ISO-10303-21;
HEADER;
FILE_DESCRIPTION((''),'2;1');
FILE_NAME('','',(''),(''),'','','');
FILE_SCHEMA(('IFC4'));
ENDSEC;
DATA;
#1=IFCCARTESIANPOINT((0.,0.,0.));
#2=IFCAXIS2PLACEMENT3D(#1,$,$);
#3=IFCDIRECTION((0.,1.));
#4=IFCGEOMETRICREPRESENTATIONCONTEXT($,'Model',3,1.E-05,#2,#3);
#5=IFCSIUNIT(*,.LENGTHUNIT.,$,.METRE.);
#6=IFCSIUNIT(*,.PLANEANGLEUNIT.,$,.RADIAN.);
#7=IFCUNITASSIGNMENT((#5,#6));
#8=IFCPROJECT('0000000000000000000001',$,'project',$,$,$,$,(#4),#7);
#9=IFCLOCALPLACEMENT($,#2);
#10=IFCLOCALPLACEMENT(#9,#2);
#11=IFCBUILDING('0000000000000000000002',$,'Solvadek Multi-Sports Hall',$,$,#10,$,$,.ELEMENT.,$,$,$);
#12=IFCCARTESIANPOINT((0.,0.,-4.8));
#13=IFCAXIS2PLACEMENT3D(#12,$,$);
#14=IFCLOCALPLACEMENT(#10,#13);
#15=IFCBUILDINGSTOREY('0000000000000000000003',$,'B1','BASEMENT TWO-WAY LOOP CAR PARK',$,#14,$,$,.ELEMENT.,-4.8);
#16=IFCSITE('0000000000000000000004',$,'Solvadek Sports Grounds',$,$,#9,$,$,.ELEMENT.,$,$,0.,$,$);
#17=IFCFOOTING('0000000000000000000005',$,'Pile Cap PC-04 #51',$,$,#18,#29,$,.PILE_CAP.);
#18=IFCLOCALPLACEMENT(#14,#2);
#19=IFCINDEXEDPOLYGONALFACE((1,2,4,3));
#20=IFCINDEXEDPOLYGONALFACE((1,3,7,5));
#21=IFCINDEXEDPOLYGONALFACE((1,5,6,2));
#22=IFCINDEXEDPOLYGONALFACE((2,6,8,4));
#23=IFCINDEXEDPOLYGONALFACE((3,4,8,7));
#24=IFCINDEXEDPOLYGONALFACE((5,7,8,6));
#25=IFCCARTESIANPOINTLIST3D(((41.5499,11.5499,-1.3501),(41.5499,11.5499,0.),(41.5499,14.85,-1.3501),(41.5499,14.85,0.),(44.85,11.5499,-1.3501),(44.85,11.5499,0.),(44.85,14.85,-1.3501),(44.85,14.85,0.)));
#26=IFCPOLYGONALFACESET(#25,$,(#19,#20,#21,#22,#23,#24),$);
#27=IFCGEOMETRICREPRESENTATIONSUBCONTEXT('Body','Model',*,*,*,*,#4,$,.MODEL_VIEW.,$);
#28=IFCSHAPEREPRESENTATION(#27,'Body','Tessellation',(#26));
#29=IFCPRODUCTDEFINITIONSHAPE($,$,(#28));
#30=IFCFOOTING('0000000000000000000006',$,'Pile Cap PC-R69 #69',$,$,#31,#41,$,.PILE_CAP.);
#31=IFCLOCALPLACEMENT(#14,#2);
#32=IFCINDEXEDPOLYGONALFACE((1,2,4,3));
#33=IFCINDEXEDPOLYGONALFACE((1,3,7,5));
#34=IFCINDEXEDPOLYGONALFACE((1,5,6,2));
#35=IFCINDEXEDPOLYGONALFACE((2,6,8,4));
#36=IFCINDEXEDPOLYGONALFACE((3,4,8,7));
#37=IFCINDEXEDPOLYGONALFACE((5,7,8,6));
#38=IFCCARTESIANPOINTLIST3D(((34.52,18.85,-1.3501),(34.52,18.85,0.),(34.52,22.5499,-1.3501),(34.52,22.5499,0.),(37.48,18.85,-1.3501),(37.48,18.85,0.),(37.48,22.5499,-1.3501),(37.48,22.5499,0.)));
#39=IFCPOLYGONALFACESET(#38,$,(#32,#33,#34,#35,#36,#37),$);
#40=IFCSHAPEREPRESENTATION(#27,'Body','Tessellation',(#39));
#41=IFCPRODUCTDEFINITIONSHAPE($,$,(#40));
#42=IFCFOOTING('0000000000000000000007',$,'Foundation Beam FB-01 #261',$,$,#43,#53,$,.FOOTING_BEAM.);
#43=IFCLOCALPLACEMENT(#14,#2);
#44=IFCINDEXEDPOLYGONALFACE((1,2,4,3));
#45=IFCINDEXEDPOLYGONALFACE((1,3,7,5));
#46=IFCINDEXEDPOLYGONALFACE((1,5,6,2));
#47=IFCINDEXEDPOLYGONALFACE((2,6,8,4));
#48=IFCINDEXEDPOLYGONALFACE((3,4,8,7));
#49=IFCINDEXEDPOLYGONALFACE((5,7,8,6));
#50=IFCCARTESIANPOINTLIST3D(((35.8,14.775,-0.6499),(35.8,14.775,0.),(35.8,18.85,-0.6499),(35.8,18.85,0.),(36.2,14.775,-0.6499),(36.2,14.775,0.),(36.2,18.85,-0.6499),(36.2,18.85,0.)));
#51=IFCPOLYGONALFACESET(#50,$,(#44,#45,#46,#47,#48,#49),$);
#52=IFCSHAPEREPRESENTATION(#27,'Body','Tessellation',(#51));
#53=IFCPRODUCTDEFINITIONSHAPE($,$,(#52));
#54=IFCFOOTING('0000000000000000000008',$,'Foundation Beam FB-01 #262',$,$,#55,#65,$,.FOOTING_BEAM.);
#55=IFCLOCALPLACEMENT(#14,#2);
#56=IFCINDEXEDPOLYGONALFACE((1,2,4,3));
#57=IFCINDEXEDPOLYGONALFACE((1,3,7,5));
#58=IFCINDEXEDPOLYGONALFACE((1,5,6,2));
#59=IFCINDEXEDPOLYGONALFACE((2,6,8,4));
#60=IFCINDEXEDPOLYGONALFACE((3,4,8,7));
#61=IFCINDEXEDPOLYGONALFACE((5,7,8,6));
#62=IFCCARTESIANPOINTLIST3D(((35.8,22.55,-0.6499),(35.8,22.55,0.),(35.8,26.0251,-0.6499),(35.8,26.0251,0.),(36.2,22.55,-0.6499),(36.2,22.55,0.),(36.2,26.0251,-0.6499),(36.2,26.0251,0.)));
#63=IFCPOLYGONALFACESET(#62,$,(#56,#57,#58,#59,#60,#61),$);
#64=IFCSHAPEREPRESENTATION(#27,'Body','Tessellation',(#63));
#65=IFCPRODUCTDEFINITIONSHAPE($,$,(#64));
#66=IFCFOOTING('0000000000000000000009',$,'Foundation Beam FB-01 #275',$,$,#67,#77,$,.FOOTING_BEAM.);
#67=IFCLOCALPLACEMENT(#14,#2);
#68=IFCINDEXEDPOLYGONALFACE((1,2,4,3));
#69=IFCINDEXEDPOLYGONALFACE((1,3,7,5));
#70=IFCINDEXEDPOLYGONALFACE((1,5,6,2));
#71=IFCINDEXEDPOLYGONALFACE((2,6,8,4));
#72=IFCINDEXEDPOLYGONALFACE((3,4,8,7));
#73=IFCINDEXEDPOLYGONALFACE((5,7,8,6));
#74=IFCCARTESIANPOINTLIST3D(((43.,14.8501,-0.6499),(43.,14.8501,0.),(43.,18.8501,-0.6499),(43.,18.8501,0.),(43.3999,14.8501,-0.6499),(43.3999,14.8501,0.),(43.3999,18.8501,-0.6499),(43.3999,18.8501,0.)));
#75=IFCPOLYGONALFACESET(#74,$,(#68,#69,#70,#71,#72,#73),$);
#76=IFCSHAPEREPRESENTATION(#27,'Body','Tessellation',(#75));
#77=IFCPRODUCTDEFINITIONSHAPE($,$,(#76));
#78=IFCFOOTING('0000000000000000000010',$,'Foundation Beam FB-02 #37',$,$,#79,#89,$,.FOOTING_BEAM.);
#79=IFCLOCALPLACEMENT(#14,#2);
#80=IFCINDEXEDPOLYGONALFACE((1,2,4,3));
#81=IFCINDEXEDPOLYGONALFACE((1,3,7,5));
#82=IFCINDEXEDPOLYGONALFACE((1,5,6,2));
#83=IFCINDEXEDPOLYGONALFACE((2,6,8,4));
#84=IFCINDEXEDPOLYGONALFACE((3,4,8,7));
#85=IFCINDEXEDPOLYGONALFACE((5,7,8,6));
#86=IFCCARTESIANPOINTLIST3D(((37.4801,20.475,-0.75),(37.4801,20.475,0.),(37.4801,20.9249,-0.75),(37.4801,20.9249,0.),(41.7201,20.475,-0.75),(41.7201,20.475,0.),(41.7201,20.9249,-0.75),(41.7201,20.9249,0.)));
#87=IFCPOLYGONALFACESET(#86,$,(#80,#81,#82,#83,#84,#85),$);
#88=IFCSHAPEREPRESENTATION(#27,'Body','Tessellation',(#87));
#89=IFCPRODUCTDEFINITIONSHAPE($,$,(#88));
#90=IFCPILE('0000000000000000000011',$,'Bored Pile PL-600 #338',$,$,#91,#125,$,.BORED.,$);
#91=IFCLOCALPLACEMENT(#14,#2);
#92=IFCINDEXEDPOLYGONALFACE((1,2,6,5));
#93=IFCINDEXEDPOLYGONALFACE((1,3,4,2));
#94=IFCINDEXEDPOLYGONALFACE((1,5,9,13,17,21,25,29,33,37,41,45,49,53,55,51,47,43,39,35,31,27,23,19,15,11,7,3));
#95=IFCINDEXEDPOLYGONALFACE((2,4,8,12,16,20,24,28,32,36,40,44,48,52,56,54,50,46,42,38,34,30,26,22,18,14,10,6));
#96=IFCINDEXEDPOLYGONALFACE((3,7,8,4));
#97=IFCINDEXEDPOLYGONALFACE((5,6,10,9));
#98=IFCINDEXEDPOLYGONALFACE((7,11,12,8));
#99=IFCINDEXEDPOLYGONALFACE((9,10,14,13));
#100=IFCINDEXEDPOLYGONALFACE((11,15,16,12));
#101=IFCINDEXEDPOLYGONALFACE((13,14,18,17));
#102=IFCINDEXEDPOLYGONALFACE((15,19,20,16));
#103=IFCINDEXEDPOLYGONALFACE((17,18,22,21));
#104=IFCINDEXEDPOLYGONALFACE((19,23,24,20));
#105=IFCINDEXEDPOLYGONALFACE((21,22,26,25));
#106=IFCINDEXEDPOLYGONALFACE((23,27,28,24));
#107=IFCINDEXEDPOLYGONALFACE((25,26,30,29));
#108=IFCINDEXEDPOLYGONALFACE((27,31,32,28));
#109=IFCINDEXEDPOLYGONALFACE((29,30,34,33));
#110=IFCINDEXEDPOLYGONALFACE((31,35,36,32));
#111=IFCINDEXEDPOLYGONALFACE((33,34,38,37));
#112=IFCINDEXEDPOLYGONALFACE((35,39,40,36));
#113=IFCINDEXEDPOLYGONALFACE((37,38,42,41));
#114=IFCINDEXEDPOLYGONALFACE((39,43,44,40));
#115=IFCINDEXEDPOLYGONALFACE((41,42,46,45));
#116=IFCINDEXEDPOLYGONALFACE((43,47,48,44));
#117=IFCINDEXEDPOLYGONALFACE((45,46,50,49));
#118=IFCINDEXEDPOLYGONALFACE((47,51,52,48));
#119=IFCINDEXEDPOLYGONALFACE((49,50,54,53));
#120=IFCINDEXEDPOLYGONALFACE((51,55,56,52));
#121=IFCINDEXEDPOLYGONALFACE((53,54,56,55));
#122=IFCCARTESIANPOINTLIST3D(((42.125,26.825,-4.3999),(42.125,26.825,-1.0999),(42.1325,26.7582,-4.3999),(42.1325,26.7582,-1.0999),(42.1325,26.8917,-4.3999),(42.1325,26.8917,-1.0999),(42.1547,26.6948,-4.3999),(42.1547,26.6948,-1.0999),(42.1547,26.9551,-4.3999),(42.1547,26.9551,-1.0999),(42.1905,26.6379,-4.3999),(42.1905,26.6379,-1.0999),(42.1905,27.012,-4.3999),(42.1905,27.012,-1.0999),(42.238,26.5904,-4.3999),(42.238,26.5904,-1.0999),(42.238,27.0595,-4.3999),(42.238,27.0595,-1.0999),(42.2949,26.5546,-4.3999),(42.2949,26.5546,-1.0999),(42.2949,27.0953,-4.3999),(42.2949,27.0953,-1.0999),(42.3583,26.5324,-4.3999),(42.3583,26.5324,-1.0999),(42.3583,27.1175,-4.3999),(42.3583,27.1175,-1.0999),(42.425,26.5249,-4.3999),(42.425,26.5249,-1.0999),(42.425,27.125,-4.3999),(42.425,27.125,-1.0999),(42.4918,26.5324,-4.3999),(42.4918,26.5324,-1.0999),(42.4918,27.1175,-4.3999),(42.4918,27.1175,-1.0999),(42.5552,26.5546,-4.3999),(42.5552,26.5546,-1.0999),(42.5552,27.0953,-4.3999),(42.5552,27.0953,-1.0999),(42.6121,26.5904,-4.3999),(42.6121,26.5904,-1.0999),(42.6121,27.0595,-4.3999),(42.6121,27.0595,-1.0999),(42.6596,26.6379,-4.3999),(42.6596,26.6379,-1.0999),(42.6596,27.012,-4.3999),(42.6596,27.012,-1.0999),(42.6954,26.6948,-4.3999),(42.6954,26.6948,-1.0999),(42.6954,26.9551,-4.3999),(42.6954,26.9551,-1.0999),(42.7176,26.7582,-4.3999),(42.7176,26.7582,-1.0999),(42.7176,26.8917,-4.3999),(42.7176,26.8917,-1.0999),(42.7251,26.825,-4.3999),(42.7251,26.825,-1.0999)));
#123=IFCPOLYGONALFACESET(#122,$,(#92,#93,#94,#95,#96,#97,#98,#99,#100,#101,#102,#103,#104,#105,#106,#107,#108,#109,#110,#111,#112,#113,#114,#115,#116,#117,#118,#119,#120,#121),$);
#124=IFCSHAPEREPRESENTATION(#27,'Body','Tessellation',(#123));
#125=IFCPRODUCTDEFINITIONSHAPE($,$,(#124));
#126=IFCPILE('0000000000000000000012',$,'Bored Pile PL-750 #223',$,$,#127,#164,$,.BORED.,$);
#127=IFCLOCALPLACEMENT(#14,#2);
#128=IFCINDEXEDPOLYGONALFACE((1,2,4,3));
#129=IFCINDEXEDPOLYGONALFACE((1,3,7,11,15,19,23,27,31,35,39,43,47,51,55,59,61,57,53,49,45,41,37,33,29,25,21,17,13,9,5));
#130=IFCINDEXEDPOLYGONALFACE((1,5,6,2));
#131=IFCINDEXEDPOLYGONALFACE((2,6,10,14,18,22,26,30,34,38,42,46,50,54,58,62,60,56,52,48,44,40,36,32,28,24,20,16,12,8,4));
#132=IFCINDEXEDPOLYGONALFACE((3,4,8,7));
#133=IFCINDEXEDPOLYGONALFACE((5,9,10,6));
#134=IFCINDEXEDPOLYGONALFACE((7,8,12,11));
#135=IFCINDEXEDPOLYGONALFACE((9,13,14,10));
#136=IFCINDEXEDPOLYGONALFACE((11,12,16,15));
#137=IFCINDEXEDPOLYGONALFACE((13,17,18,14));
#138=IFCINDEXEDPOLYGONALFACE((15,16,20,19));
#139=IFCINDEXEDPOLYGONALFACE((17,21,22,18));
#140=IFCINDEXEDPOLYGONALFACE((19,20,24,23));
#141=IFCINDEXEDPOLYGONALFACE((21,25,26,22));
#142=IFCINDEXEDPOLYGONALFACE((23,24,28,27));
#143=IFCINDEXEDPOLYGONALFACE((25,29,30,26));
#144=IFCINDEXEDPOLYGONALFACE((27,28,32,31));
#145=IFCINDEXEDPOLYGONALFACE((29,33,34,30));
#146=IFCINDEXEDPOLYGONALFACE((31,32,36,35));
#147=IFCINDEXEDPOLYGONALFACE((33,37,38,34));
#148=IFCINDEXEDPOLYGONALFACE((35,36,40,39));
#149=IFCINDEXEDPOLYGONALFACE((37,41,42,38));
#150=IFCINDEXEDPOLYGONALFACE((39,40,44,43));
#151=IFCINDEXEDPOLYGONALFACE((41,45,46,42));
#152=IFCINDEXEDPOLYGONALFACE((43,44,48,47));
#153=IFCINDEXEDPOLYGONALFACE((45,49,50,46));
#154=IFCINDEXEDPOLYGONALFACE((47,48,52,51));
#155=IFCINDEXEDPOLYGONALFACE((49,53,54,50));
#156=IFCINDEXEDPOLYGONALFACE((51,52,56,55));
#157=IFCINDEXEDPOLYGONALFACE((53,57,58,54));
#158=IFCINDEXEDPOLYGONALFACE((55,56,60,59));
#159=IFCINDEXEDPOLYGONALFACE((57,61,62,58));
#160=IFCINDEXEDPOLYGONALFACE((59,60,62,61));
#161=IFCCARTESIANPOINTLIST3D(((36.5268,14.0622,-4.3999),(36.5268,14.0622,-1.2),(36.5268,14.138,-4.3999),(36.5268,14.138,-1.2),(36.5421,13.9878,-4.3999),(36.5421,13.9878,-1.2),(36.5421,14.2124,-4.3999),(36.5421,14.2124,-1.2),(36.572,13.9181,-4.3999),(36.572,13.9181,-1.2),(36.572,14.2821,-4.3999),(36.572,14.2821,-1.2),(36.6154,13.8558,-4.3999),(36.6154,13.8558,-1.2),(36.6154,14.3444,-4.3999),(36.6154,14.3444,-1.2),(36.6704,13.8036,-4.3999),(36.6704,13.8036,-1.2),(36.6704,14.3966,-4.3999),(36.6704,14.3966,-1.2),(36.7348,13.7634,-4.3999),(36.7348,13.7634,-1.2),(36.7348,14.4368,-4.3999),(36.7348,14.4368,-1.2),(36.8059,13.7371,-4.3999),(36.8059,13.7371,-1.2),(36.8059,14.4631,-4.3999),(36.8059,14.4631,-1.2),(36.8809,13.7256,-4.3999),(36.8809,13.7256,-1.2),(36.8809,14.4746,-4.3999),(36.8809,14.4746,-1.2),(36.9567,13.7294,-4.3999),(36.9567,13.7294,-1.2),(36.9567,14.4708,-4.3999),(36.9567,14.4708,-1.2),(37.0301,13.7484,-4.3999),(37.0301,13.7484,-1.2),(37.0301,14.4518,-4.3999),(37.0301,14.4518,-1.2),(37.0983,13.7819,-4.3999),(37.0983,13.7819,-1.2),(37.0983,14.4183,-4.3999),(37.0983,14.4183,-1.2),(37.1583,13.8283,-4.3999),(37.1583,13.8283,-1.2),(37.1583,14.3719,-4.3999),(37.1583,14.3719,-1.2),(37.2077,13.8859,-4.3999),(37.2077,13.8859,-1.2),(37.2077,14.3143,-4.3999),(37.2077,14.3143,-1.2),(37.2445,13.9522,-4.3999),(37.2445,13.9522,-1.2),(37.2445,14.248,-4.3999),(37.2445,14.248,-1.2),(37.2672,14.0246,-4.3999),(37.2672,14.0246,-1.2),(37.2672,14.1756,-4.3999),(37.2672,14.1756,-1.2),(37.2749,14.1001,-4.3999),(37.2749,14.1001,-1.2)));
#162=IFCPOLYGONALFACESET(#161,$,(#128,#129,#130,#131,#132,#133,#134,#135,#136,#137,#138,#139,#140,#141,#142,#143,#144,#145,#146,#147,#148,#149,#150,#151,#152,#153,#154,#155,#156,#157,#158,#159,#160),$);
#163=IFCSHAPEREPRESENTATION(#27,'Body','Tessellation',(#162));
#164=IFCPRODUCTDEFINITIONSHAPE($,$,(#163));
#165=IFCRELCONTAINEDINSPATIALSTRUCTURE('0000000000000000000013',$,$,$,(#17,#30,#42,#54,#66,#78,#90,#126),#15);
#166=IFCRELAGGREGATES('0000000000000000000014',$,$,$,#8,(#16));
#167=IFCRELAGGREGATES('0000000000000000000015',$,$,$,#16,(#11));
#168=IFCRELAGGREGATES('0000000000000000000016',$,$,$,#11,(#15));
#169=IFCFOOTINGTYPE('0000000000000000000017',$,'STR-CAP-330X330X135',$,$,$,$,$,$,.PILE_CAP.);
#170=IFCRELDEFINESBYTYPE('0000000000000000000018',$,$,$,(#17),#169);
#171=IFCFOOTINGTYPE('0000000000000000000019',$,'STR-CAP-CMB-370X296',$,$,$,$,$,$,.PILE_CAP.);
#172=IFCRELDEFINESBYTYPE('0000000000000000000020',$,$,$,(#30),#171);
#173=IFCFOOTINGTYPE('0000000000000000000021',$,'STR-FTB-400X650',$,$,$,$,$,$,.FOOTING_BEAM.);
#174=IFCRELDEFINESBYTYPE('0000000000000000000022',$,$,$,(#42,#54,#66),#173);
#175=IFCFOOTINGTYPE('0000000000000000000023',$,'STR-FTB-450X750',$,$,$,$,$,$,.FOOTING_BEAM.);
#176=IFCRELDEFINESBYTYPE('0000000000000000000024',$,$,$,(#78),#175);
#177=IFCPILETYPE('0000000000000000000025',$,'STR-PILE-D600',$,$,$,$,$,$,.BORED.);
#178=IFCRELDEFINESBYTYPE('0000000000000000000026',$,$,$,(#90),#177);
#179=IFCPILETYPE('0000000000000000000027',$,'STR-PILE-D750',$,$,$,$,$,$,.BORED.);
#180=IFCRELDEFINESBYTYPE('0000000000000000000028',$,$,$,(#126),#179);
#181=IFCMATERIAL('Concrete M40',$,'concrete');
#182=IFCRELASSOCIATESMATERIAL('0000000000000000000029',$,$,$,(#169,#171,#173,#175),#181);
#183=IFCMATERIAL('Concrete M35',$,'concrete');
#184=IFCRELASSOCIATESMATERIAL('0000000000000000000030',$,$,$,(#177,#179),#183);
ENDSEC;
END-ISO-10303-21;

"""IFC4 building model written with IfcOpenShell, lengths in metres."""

from ifc_helpers import new_model, si_unit, direction, frame, origin, origin_2d, place, context, subcontext, project, spatial, rectangle, circle, extrude, material, material_profile, profile_set, type_object, element, save


model = new_model("IFC4")

# Units and contexts
model_context = context("Model", 3, precision=1e-05, world=origin(), true_north=direction((0.0, 1.0)))
body_context = subcontext(model_context, "Body", "Model", "MODEL_VIEW")
ifc_project = project(units=[si_unit("LENGTHUNIT", "METRE"), si_unit("PLANEANGLEUNIT", "RADIAN")], contexts=[model_context])

# Site, building, storey
site_placement = place(None, origin())
site = spatial("IfcSite", under=ifc_project, at=site_placement, Name="Solvadek Sports Grounds", CompositionType="ELEMENT", RefElevation=0.0)
building_placement = place(site_placement, origin())
building = spatial("IfcBuilding", under=site, at=building_placement, Name="Solvadek Multi-Sports Hall", CompositionType="ELEMENT")
storey_placement = place(building_placement, frame((0.0, 0.0, -4.8)))
storey = spatial("IfcBuildingStorey", under=building, at=storey_placement, Name="B1", Description="BASEMENT TWO-WAY LOOP CAR PARK", CompositionType="ELEMENT", Elevation=-4.8)

# Footings
ifc_material_1 = material(Name="Concrete M40", Category="concrete")
footing_type_1 = type_object("IfcFootingType", Name="STR-CAP-330X330X135", PredefinedType="PILE_CAP", material=ifc_material_1)
footing_1_placement = place(storey_placement, frame((43.2, 13.2, -1.3501), z_axis=(0.0, 0.0, 1.0), x_axis=(1.0, 0.0, 0.0)))
element("IfcFooting", 1, at=footing_1_placement, inside=storey, type_object=footing_type_1, Name="Pile Cap PC-04 #51", PredefinedType="PILE_CAP", context=body_context, shape_type="SweptSolid", body=[
    extrude(rectangle(XDim=3.3, YDim=3.3, at=origin_2d()), origin(), (0.0, 0.0, 1.0), 1.3501),
])
footing_type_2 = type_object("IfcFootingType", Name="STR-CAP-CMB-370X296", PredefinedType="PILE_CAP", material=ifc_material_1)
footing_2_placement = place(storey_placement, frame((36.0, 20.7, -1.3501), z_axis=(0.0, 0.0, 1.0), x_axis=(0.0, 1.0, 0.0)))
element("IfcFooting", 2, at=footing_2_placement, inside=storey, type_object=footing_type_2, Name="Pile Cap PC-R69 #69", PredefinedType="PILE_CAP", context=body_context, shape_type="SweptSolid", body=[
    extrude(rectangle(XDim=3.7, YDim=2.96, at=origin_2d()), origin(), (0.0, 0.0, 1.0), 1.3501),
])
footing_type_3 = type_object("IfcFootingType", Name="STR-FTB-400X650", PredefinedType="FOOTING_BEAM", material=ifc_material_1)
footing_3_placement = place(storey_placement, frame((36.0, 16.8125, -0.6499), z_axis=(0.0, 0.0, 1.0), x_axis=(0.0, 1.0, 0.0)))
element("IfcFooting", 3, at=footing_3_placement, inside=storey, type_object=footing_type_3, Name="Foundation Beam FB-01 #261", PredefinedType="FOOTING_BEAM", context=body_context, shape_type="SweptSolid", body=[
    extrude(rectangle(XDim=4.075, YDim=0.3999, at=origin_2d()), origin(), (0.0, 0.0, 1.0), 0.6499),
])
footing_4_placement = place(storey_placement, frame((36.0, 24.2876, -0.6499), z_axis=(0.0, 0.0, 1.0), x_axis=(0.0, 1.0, 0.0)))
element("IfcFooting", 4, at=footing_4_placement, inside=storey, type_object=footing_type_3, Name="Foundation Beam FB-01 #262", PredefinedType="FOOTING_BEAM", context=body_context, shape_type="SweptSolid", body=[
    extrude(rectangle(XDim=3.4751, YDim=0.3999, at=origin_2d()), origin(), (0.0, 0.0, 1.0), 0.6499),
])
footing_5_placement = place(storey_placement, frame((43.2, 16.8501, -0.6499), z_axis=(0.0, 0.0, 1.0), x_axis=(0.0, 1.0, 0.0)))
element("IfcFooting", 5, at=footing_5_placement, inside=storey, type_object=footing_type_3, Name="Foundation Beam FB-01 #275", PredefinedType="FOOTING_BEAM", context=body_context, shape_type="SweptSolid", body=[
    extrude(rectangle(XDim=4.0, YDim=0.3999, at=origin_2d()), origin(), (0.0, 0.0, 1.0), 0.6499),
])
footing_type_4 = type_object("IfcFootingType", Name="STR-FTB-450X750", PredefinedType="FOOTING_BEAM", material=ifc_material_1)
footing_6_placement = place(storey_placement, frame((39.6001, 20.7, -0.75), z_axis=(0.0, 0.0, 1.0), x_axis=(1.0, 0.0, 0.0)))
element("IfcFooting", 6, at=footing_6_placement, inside=storey, type_object=footing_type_4, Name="Foundation Beam FB-02 #37", PredefinedType="FOOTING_BEAM", context=body_context, shape_type="SweptSolid", body=[
    extrude(rectangle(XDim=4.24, YDim=0.45, at=origin_2d()), origin(), (0.0, 0.0, 1.0), 0.75),
])

# Piles
ifc_material_2 = material(Name="Concrete M35", Category="concrete")
ifc_material_profile_1 = material_profile(ifc_material_2, circle(Radius=0.3, at=origin_2d()), Name="BORED PILE D600")
ifc_profile_set_1 = profile_set([ifc_material_profile_1], Name="Concrete M35")
pile_type_1 = type_object("IfcPileType", Name="STR-PILE-D600", PredefinedType="BORED", material=ifc_profile_set_1)
pile_1_placement = place(storey_placement, frame((42.425, 26.825, -1.0999), z_axis=(0.0, 0.0, -1.0), x_axis=(1.0, 0.0, 0.0)))
element("IfcPile", 7, at=pile_1_placement, inside=storey, type_object=pile_type_1, Name="Bored Pile PL-600 #338", PredefinedType="BORED", context=body_context, shape_type="SweptSolid", body=[
    extrude(circle(Radius=0.3, at=origin_2d()), origin(), (0.0, 0.0, 1.0), 3.3),
])
ifc_material_profile_2 = material_profile(ifc_material_2, circle(Radius=0.375, at=origin_2d()), Name="BORED PILE D750")
ifc_profile_set_2 = profile_set([ifc_material_profile_2], Name="Concrete M35")
pile_type_2 = type_object("IfcPileType", Name="STR-PILE-D750", PredefinedType="BORED", material=ifc_profile_set_2)
pile_2_placement = place(storey_placement, frame((36.8999, 14.1001, -1.2), z_axis=(0.0, 0.0, -1.0), x_axis=(1.0, 0.0, 0.0)))
element("IfcPile", 8, at=pile_2_placement, inside=storey, type_object=pile_type_2, Name="Bored Pile PL-750 #223", PredefinedType="BORED", context=body_context, shape_type="SweptSolid", body=[
    extrude(circle(Radius=0.375, at=origin_2d()), origin(), (0.0, 0.0, 1.0), 3.2),
])

save(model, "model.ifc")
